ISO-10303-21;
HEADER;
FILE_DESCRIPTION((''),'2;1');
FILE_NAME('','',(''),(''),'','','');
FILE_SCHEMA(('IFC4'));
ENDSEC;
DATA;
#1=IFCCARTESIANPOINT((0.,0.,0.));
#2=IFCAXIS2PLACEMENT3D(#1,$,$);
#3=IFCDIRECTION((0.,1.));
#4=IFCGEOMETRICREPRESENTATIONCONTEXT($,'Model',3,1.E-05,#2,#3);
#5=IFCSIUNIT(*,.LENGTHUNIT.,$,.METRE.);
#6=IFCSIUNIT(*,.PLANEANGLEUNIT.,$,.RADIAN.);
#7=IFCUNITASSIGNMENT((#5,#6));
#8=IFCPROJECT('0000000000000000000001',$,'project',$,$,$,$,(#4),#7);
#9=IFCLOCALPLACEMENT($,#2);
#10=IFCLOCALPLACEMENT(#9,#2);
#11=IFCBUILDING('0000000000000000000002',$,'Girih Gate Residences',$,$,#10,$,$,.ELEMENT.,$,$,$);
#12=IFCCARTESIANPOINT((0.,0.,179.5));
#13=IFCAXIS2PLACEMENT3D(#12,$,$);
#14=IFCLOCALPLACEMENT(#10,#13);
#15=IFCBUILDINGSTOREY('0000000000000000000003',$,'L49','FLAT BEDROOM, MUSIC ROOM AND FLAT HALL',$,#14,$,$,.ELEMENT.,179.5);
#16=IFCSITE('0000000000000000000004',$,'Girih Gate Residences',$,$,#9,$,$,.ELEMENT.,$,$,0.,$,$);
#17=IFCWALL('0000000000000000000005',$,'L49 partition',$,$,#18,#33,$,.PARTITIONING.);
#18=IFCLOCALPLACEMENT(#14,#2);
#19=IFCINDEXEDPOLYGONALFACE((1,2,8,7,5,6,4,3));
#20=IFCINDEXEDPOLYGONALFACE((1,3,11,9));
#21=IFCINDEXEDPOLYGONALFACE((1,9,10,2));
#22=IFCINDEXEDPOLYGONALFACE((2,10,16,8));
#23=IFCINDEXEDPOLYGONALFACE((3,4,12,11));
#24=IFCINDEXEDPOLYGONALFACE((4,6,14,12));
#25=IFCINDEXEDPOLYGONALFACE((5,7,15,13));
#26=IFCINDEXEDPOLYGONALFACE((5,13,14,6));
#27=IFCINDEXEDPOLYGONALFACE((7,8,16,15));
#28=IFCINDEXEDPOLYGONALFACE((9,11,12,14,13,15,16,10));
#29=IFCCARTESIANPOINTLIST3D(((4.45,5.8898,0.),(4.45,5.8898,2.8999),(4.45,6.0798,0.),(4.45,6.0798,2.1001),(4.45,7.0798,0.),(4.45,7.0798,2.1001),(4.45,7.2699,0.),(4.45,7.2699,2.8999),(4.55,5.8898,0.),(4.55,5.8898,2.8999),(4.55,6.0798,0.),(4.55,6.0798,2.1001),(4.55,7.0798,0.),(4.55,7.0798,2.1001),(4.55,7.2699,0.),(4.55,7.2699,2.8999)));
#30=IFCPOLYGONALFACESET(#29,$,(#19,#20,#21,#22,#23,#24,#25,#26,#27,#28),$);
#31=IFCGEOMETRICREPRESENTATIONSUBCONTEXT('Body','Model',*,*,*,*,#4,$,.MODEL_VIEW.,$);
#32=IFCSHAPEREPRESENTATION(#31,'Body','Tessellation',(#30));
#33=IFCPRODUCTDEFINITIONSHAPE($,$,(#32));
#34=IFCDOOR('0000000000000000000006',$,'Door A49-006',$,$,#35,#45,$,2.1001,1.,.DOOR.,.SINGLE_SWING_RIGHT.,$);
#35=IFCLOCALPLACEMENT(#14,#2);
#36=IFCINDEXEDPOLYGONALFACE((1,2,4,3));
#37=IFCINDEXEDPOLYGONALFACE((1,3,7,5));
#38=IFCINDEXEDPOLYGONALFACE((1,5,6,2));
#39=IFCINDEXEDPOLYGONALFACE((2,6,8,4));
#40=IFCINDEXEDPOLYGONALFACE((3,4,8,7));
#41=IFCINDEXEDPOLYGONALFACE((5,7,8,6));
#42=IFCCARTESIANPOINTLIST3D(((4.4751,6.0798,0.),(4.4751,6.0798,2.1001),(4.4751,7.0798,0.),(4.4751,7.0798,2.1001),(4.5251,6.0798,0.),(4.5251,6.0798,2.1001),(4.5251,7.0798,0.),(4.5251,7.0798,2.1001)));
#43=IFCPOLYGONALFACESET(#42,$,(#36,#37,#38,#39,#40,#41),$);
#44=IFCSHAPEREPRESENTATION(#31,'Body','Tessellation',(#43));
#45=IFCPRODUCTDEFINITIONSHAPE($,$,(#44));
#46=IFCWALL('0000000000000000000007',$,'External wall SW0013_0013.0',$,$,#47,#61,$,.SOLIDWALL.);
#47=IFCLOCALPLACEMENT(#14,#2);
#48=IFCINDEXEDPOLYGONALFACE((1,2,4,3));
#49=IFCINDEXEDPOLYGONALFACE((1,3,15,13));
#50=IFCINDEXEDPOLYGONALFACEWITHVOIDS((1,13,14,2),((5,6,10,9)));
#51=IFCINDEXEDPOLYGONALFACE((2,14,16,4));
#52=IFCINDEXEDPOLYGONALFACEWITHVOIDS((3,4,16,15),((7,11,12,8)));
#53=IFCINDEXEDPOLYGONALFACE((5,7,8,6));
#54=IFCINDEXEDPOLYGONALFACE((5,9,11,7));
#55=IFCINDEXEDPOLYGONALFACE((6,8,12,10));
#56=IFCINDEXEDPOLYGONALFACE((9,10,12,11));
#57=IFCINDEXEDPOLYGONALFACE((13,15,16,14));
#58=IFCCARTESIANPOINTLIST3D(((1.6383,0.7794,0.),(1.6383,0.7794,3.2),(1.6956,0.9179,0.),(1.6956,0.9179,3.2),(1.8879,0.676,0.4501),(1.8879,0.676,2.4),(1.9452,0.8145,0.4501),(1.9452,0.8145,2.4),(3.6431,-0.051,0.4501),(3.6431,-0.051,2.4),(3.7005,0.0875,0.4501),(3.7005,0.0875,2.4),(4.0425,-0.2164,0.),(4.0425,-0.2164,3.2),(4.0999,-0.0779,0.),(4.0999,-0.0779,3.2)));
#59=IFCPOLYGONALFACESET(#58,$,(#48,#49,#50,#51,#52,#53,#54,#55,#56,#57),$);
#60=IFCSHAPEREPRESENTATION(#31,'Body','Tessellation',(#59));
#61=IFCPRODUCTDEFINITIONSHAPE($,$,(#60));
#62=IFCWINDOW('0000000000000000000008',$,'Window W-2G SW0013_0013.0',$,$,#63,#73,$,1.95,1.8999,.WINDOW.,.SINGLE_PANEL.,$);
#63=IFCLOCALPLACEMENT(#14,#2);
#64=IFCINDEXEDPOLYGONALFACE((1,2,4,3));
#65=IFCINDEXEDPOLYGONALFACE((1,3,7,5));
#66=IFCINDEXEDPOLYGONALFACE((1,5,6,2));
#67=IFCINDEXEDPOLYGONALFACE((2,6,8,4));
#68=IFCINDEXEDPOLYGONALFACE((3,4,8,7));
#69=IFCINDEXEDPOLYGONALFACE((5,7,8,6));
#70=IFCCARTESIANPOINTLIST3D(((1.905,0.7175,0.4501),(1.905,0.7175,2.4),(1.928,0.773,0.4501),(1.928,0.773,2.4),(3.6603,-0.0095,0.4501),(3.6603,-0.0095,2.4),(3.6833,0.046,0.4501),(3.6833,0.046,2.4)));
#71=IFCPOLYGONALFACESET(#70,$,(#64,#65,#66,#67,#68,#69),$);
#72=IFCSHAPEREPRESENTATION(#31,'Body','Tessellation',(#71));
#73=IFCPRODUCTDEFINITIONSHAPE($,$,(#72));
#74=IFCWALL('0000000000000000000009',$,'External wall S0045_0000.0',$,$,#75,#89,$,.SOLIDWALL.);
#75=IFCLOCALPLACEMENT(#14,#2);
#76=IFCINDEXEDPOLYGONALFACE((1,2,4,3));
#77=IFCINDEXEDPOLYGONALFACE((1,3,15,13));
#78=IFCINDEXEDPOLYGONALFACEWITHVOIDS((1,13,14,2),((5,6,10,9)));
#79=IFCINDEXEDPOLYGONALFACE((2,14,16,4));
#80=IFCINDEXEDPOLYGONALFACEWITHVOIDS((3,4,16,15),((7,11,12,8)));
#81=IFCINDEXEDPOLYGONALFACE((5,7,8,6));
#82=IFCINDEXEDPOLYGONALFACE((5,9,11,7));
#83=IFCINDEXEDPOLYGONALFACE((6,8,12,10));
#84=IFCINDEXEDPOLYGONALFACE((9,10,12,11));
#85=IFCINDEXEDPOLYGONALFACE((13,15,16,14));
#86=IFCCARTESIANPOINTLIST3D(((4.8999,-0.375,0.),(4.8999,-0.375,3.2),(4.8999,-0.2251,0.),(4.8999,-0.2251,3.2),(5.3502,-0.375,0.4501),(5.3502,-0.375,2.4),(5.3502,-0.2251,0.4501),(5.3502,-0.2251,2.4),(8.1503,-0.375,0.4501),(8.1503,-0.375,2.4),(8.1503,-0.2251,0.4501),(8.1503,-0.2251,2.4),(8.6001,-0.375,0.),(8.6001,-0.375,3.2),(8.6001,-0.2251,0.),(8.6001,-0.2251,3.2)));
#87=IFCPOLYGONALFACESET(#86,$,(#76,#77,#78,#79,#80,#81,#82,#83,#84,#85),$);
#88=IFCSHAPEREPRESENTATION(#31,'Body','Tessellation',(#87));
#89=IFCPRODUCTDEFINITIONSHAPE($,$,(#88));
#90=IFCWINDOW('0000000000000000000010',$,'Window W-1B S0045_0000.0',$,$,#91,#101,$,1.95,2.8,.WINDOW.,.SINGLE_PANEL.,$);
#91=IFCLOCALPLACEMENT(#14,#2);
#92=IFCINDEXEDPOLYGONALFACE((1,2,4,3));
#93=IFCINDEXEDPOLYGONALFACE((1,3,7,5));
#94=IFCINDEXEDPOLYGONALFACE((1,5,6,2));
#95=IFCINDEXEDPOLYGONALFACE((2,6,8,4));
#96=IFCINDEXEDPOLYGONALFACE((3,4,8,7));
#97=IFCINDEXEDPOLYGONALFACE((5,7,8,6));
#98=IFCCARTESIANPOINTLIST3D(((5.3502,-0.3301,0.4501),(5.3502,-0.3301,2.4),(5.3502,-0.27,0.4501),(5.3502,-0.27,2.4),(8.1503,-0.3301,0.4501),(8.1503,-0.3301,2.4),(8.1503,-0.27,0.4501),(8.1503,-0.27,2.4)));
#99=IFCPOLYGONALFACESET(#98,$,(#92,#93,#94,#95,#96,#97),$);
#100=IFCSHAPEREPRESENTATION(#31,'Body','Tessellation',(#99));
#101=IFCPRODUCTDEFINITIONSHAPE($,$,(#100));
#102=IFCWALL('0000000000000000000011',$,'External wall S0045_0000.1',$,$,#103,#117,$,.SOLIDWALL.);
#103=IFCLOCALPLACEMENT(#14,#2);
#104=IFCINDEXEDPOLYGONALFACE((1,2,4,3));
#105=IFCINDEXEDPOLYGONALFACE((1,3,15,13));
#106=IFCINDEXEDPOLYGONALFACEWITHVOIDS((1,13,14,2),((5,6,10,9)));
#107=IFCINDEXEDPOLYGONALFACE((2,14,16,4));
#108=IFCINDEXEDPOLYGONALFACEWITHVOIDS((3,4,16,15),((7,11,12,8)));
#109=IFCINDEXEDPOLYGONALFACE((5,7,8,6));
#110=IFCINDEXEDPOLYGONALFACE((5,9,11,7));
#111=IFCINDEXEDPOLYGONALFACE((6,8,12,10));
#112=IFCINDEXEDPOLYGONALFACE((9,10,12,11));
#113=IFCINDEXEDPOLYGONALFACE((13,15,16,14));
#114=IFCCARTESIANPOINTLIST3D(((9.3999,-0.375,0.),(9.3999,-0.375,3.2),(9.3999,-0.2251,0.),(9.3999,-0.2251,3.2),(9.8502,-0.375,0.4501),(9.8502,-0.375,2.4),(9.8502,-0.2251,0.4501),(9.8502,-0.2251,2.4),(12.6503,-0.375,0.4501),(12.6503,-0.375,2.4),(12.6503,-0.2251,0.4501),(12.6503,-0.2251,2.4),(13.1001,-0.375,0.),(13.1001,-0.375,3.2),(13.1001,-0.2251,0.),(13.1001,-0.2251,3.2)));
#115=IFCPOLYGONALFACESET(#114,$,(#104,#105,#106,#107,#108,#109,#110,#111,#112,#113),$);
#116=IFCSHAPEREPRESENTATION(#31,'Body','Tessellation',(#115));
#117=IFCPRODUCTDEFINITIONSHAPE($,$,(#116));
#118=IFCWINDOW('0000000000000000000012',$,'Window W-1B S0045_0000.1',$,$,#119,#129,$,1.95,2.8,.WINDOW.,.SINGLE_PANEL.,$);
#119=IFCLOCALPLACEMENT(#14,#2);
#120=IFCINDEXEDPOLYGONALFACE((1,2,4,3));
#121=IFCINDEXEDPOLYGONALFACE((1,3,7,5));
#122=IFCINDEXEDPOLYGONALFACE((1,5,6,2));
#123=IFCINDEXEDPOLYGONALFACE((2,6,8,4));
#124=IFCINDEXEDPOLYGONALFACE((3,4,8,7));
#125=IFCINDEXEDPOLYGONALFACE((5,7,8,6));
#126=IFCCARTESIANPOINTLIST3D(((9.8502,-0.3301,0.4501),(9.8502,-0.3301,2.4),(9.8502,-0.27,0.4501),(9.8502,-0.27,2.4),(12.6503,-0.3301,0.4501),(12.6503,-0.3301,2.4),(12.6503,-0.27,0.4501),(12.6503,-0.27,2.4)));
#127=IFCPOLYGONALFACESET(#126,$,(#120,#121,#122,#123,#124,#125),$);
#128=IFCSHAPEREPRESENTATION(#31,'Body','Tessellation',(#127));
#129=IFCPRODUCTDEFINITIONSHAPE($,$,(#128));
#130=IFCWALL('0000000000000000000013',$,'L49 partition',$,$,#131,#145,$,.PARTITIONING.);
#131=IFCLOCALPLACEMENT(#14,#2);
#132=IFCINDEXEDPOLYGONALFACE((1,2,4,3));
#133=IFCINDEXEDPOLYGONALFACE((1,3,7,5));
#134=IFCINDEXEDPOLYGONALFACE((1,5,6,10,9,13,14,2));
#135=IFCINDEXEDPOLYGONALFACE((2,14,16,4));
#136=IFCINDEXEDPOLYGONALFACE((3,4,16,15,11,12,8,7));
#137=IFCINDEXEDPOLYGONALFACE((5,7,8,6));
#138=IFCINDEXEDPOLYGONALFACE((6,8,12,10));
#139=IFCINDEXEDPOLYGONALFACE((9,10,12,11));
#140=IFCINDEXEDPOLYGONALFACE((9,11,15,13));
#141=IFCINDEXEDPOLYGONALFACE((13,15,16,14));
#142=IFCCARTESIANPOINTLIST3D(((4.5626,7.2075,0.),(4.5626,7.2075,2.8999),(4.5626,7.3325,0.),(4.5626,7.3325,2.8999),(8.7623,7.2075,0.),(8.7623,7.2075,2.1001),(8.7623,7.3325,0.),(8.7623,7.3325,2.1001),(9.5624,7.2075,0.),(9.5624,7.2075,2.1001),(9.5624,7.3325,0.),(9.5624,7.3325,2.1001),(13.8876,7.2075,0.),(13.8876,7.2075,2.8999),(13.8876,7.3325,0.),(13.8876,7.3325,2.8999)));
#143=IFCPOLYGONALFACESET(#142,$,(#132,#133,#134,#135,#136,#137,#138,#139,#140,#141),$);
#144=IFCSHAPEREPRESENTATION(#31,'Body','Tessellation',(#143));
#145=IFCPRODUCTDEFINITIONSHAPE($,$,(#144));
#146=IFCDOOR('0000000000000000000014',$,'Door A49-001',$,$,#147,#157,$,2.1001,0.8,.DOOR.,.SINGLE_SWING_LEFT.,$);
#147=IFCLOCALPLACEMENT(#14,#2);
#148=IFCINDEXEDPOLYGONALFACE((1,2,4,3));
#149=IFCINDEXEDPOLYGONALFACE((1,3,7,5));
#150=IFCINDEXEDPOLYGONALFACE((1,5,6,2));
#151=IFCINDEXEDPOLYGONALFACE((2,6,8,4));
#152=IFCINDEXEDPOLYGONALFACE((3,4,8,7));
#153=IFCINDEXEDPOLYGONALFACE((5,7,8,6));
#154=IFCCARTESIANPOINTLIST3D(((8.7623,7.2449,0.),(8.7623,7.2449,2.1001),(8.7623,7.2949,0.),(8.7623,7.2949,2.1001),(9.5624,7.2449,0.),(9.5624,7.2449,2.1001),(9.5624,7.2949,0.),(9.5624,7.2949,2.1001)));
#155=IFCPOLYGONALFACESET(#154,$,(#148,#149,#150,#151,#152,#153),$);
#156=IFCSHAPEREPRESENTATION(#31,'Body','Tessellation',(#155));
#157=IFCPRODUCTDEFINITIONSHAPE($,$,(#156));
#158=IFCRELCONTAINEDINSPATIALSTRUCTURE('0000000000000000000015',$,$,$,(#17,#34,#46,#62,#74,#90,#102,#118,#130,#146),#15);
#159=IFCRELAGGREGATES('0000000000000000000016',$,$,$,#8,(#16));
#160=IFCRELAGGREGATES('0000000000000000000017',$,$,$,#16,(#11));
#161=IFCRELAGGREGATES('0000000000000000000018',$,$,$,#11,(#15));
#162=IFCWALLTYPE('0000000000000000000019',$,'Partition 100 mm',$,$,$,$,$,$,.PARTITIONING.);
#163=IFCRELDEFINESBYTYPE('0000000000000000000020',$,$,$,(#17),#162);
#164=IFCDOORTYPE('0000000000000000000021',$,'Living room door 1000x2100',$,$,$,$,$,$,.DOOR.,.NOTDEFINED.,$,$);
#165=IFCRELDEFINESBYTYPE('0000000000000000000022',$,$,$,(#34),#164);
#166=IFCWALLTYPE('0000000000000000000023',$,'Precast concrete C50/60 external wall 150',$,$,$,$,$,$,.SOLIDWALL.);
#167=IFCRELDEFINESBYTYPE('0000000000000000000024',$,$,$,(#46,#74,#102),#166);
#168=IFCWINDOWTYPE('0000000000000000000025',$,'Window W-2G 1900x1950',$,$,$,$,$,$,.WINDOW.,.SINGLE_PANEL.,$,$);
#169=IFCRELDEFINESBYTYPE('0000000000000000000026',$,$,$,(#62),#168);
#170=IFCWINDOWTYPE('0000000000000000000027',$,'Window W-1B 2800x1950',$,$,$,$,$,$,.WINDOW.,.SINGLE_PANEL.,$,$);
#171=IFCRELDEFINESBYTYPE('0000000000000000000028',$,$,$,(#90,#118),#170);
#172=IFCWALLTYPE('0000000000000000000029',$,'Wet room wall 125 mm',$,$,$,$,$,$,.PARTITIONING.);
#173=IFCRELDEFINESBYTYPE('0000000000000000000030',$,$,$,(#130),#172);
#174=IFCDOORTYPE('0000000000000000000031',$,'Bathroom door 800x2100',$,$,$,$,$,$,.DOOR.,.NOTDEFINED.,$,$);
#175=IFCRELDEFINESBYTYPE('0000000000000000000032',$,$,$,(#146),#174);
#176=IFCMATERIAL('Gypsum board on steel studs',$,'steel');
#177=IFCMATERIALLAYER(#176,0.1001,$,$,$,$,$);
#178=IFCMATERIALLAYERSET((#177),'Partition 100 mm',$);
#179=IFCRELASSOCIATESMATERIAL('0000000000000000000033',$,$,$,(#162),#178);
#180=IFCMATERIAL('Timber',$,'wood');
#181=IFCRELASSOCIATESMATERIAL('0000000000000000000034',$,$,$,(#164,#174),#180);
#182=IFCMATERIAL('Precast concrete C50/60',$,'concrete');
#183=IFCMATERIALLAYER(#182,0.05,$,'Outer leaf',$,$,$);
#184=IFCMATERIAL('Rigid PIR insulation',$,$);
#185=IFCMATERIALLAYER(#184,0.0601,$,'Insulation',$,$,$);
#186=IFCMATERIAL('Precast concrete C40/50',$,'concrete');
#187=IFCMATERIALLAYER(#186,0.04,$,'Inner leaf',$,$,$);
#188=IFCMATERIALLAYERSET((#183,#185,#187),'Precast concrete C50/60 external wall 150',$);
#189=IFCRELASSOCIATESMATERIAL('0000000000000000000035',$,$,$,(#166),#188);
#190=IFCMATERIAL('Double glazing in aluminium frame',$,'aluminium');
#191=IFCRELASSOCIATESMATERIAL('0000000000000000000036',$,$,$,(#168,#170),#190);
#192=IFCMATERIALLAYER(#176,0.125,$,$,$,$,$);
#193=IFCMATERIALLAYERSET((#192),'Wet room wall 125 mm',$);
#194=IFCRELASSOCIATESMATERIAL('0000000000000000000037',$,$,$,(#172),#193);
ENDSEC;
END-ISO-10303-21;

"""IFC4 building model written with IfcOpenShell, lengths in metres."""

from ifc_helpers import new_model, si_unit, direction, frame, frame_2d, origin, place, context, subcontext, project, spatial, rectangle, extrude, material, layer, layer_set, type_object, element, fill, save


model = new_model("IFC4")

# Units and contexts
model_context = context("Model", 3, precision=1e-05, world=origin(), true_north=direction((0.0, 1.0)))
body_context = subcontext(model_context, "Body", "Model", "MODEL_VIEW")
ifc_project = project(units=[si_unit("LENGTHUNIT", "METRE"), si_unit("PLANEANGLEUNIT", "RADIAN")], contexts=[model_context])

# Site, building, storey
site_placement = place(None, origin())
site = spatial("IfcSite", under=ifc_project, at=site_placement, Name="Girih Gate Residences", CompositionType="ELEMENT", RefElevation=0.0)
building_placement = place(site_placement, origin())
building = spatial("IfcBuilding", under=site, at=building_placement, Name="Girih Gate Residences", CompositionType="ELEMENT")
storey_placement = place(building_placement, frame((0.0, 0.0, 179.5)))
storey = spatial("IfcBuildingStorey", under=building, at=storey_placement, Name="L49", Description="FLAT BEDROOM, MUSIC ROOM AND FLAT HALL", CompositionType="ELEMENT", Elevation=179.5)

# Shared definitions
ifc_material_1 = material(Name="Gypsum board on steel studs", Category="steel")
ifc_layer_1 = layer(ifc_material_1, 0.1001)
ifc_layer_set_1 = layer_set([ifc_layer_1], Name="Partition 100 mm")
wall_type_1 = type_object("IfcWallType", Name="Partition 100 mm", PredefinedType="PARTITIONING", material=ifc_layer_set_1)

# Shared definitions
ifc_material_2 = material(Name="Timber", Category="wood")

# Wall, opening, door
wall_1_placement = place(storey_placement, frame((4.5, 5.8899, 0.0), z_axis=(0.0, 0.0, 1.0), x_axis=(0.0, 1.0, 0.0)))
wall_1 = element("IfcWall", 1, at=wall_1_placement, inside=storey, type_object=wall_type_1, Name="L49 partition", PredefinedType="PARTITIONING", context=body_context, shape_type="SweptSolid", body=[
    extrude(rectangle(XDim=1.3801, YDim=0.1001, at=frame_2d((0.6899, 0.0))), origin(), (0.0, 0.0, 1.0), 2.8999),
])
opening_1_placement = place(wall_1_placement, frame((0.1899, 0.0, 0.0)))
opening_1 = element("IfcOpeningElement", 2, at=opening_1_placement, cuts=wall_1, PredefinedType="OPENING", context=body_context, shape_type="SweptSolid", body=[
    extrude(rectangle(XDim=1.0, YDim=2.1001, at=frame_2d((0.5, 1.05))), frame((0.0, 0.0601, 0.0), z_axis=(0.0, -1.0, 0.0), x_axis=(1.0, 0.0, 0.0)), (0.0, 0.0, 1.0), 0.1201),
])
door_type_1 = type_object("IfcDoorType", Name="Living room door 1000x2100", OperationType="NOTDEFINED", PredefinedType="DOOR", material=ifc_material_2)
door_1_placement = place(opening_1_placement, origin())
door_1 = element("IfcDoor", 3, at=door_1_placement, inside=storey, type_object=door_type_1, Name="Door A49-006", OperationType="SINGLE_SWING_RIGHT", OverallHeight=2.1001, OverallWidth=1.0, PredefinedType="DOOR", context=body_context, shape_type="SweptSolid", body=[
    extrude(rectangle(XDim=1.0, YDim=2.1001, at=frame_2d((0.5, 1.05))), frame((0.0, 0.0249, 0.0), z_axis=(0.0, -1.0, 0.0), x_axis=(1.0, 0.0, 0.0)), (0.0, 0.0, 1.0), 0.05),
])
fill(opening_1, door_1)

# Walls, openings, windows
ifc_material_3 = material(Name="Precast concrete C50/60", Category="concrete")
ifc_layer_2 = layer(ifc_material_3, 0.05, Name="Outer leaf")
ifc_material_4 = material(Name="Rigid PIR insulation")
ifc_layer_3 = layer(ifc_material_4, 0.0601, Name="Insulation")
ifc_material_5 = material(Name="Precast concrete C40/50", Category="concrete")
ifc_layer_4 = layer(ifc_material_5, 0.04, Name="Inner leaf")
ifc_layer_set_2 = layer_set([ifc_layer_2, ifc_layer_3, ifc_layer_4], Name="Precast concrete C50/60 external wall 150")
wall_type_2 = type_object("IfcWallType", Name="Precast concrete C50/60 external wall 150", PredefinedType="SOLIDWALL", material=ifc_layer_set_2)
wall_2_placement = place(storey_placement, frame((4.0713, -0.1472, 0.0), z_axis=(0.0, 0.0, 1.0), x_axis=(-0.923885, 0.382669, 0.0)))
wall_2 = element("IfcWall", 4, at=wall_2_placement, inside=storey, type_object=wall_type_2, Name="External wall SW0013_0013.0", PredefinedType="SOLIDWALL", context=body_context, shape_type="SweptSolid", body=[
    extrude(rectangle(XDim=2.6023, YDim=0.1499, at=frame_2d((1.3013, 0.0))), origin(), (0.0, 0.0, 1.0), 3.2),
])
opening_2_placement = place(wall_2_placement, frame((0.4324, 0.0, 0.45)))
opening_2 = element("IfcOpeningElement", 5, at=opening_2_placement, cuts=wall_2, PredefinedType="OPENING", context=body_context, shape_type="SweptSolid", body=[
    extrude(rectangle(XDim=1.8999, YDim=1.95, at=frame_2d((0.95, 0.9751))), frame((0.0, 0.085, 0.0), z_axis=(0.0, -1.0, 0.0), x_axis=(1.0, 0.0, 0.0)), (0.0, 0.0, 1.0), 0.1699),
])
ifc_material_6 = material(Name="Double glazing in aluminium frame", Category="aluminium")
window_type_1 = type_object("IfcWindowType", Name="Window W-2G 1900x1950", PartitioningType="SINGLE_PANEL", PredefinedType="WINDOW", material=ifc_material_6)
window_1_placement = place(opening_2_placement, origin())
window_1 = element("IfcWindow", 6, at=window_1_placement, inside=storey, type_object=window_type_1, Name="Window W-2G SW0013_0013.0", OverallHeight=1.95, OverallWidth=1.8999, PartitioningType="SINGLE_PANEL", PredefinedType="WINDOW", context=body_context, shape_type="SweptSolid", body=[
    extrude(rectangle(XDim=1.8999, YDim=1.95, at=frame_2d((0.95, 0.9751))), frame((0.0, 0.03, 0.0), z_axis=(0.0, -1.0, 0.0), x_axis=(1.0, 0.0, 0.0)), (0.0, 0.0, 1.0), 0.0601),
])
fill(opening_2, window_1)
wall_3_placement = place(storey_placement, frame((8.6001, -0.3, 0.0), z_axis=(0.0, 0.0, 1.0), x_axis=(-1.0, 0.0, 0.0)))
wall_3 = element("IfcWall", 7, at=wall_3_placement, inside=storey, type_object=wall_type_2, Name="External wall S0045_0000.0", PredefinedType="SOLIDWALL", context=body_context, shape_type="SweptSolid", body=[
    extrude(rectangle(XDim=3.7002, YDim=0.1499, at=frame_2d((1.8501, 0.0))), origin(), (0.0, 0.0, 1.0), 3.2),
])
opening_3_placement = place(wall_3_placement, frame((0.45, 0.0, 0.45)))
opening_3 = element("IfcOpeningElement", 8, at=opening_3_placement, cuts=wall_3, PredefinedType="OPENING", context=body_context, shape_type="SweptSolid", body=[
    extrude(rectangle(XDim=2.8, YDim=1.95, at=frame_2d((1.3999, 0.9751))), frame((0.0, 0.085, 0.0), z_axis=(0.0, -1.0, 0.0), x_axis=(1.0, 0.0, 0.0)), (0.0, 0.0, 1.0), 0.1699),
])
window_type_2 = type_object("IfcWindowType", Name="Window W-1B 2800x1950", PartitioningType="SINGLE_PANEL", PredefinedType="WINDOW", material=ifc_material_6)
window_2_placement = place(opening_3_placement, origin())
window_2 = element("IfcWindow", 9, at=window_2_placement, inside=storey, type_object=window_type_2, Name="Window W-1B S0045_0000.0", OverallHeight=1.95, OverallWidth=2.8, PartitioningType="SINGLE_PANEL", PredefinedType="WINDOW", context=body_context, shape_type="SweptSolid", body=[
    extrude(rectangle(XDim=2.8, YDim=1.95, at=frame_2d((1.3999, 0.9751))), frame((0.0, 0.03, 0.0), z_axis=(0.0, -1.0, 0.0), x_axis=(1.0, 0.0, 0.0)), (0.0, 0.0, 1.0), 0.0601),
])
fill(opening_3, window_2)
wall_4_placement = place(storey_placement, frame((13.1001, -0.3, 0.0), z_axis=(0.0, 0.0, 1.0), x_axis=(-1.0, 0.0, 0.0)))
wall_4 = element("IfcWall", 10, at=wall_4_placement, inside=storey, type_object=wall_type_2, Name="External wall S0045_0000.1", PredefinedType="SOLIDWALL", context=body_context, shape_type="SweptSolid", body=[
    extrude(rectangle(XDim=3.7002, YDim=0.1499, at=frame_2d((1.8501, 0.0))), origin(), (0.0, 0.0, 1.0), 3.2),
])
opening_4_placement = place(wall_4_placement, frame((0.45, 0.0, 0.45)))
opening_4 = element("IfcOpeningElement", 11, at=opening_4_placement, cuts=wall_4, PredefinedType="OPENING", context=body_context, shape_type="SweptSolid", body=[
    extrude(rectangle(XDim=2.8, YDim=1.95, at=frame_2d((1.3999, 0.9751))), frame((0.0, 0.085, 0.0), z_axis=(0.0, -1.0, 0.0), x_axis=(1.0, 0.0, 0.0)), (0.0, 0.0, 1.0), 0.1699),
])
window_3_placement = place(opening_4_placement, origin())
window_3 = element("IfcWindow", 12, at=window_3_placement, inside=storey, type_object=window_type_2, Name="Window W-1B S0045_0000.1", OverallHeight=1.95, OverallWidth=2.8, PartitioningType="SINGLE_PANEL", PredefinedType="WINDOW", context=body_context, shape_type="SweptSolid", body=[
    extrude(rectangle(XDim=2.8, YDim=1.95, at=frame_2d((1.3999, 0.9751))), frame((0.0, 0.03, 0.0), z_axis=(0.0, -1.0, 0.0), x_axis=(1.0, 0.0, 0.0)), (0.0, 0.0, 1.0), 0.0601),
])
fill(opening_4, window_3)

# Wall, opening, door
ifc_layer_5 = layer(ifc_material_1, 0.125)
ifc_layer_set_3 = layer_set([ifc_layer_5], Name="Wet room wall 125 mm")
wall_type_3 = type_object("IfcWallType", Name="Wet room wall 125 mm", PredefinedType="PARTITIONING", material=ifc_layer_set_3)
wall_5_placement = place(storey_placement, frame((4.5625, 7.27, 0.0), z_axis=(0.0, 0.0, 1.0), x_axis=(1.0, 0.0, 0.0)))
wall_5 = element("IfcWall", 13, at=wall_5_placement, inside=storey, type_object=wall_type_3, Name="L49 partition", PredefinedType="PARTITIONING", context=body_context, shape_type="SweptSolid", body=[
    extrude(rectangle(XDim=9.325, YDim=0.125, at=frame_2d((4.6626, 0.0))), origin(), (0.0, 0.0, 1.0), 2.8999),
])
opening_5_placement = place(wall_5_placement, frame((4.2, 0.0, 0.0)))
opening_5 = element("IfcOpeningElement", 14, at=opening_5_placement, cuts=wall_5, PredefinedType="OPENING", context=body_context, shape_type="SweptSolid", body=[
    extrude(rectangle(XDim=0.8, YDim=2.1001, at=frame_2d((0.3999, 1.05))), frame((0.0, 0.0725, 0.0), z_axis=(0.0, -1.0, 0.0), x_axis=(1.0, 0.0, 0.0)), (0.0, 0.0, 1.0), 0.145),
])
door_type_2 = type_object("IfcDoorType", Name="Bathroom door 800x2100", OperationType="NOTDEFINED", PredefinedType="DOOR", material=ifc_material_2)
door_2_placement = place(opening_5_placement, origin())
door_2 = element("IfcDoor", 15, at=door_2_placement, inside=storey, type_object=door_type_2, Name="Door A49-001", OperationType="SINGLE_SWING_LEFT", OverallHeight=2.1001, OverallWidth=0.8, PredefinedType="DOOR", context=body_context, shape_type="SweptSolid", body=[
    extrude(rectangle(XDim=0.8, YDim=2.1001, at=frame_2d((0.3999, 1.05))), frame((0.0, 0.0249, 0.0), z_axis=(0.0, -1.0, 0.0), x_axis=(1.0, 0.0, 0.0)), (0.0, 0.0, 1.0), 0.05),
])
fill(opening_5, door_2)

save(model, "model.ifc")
